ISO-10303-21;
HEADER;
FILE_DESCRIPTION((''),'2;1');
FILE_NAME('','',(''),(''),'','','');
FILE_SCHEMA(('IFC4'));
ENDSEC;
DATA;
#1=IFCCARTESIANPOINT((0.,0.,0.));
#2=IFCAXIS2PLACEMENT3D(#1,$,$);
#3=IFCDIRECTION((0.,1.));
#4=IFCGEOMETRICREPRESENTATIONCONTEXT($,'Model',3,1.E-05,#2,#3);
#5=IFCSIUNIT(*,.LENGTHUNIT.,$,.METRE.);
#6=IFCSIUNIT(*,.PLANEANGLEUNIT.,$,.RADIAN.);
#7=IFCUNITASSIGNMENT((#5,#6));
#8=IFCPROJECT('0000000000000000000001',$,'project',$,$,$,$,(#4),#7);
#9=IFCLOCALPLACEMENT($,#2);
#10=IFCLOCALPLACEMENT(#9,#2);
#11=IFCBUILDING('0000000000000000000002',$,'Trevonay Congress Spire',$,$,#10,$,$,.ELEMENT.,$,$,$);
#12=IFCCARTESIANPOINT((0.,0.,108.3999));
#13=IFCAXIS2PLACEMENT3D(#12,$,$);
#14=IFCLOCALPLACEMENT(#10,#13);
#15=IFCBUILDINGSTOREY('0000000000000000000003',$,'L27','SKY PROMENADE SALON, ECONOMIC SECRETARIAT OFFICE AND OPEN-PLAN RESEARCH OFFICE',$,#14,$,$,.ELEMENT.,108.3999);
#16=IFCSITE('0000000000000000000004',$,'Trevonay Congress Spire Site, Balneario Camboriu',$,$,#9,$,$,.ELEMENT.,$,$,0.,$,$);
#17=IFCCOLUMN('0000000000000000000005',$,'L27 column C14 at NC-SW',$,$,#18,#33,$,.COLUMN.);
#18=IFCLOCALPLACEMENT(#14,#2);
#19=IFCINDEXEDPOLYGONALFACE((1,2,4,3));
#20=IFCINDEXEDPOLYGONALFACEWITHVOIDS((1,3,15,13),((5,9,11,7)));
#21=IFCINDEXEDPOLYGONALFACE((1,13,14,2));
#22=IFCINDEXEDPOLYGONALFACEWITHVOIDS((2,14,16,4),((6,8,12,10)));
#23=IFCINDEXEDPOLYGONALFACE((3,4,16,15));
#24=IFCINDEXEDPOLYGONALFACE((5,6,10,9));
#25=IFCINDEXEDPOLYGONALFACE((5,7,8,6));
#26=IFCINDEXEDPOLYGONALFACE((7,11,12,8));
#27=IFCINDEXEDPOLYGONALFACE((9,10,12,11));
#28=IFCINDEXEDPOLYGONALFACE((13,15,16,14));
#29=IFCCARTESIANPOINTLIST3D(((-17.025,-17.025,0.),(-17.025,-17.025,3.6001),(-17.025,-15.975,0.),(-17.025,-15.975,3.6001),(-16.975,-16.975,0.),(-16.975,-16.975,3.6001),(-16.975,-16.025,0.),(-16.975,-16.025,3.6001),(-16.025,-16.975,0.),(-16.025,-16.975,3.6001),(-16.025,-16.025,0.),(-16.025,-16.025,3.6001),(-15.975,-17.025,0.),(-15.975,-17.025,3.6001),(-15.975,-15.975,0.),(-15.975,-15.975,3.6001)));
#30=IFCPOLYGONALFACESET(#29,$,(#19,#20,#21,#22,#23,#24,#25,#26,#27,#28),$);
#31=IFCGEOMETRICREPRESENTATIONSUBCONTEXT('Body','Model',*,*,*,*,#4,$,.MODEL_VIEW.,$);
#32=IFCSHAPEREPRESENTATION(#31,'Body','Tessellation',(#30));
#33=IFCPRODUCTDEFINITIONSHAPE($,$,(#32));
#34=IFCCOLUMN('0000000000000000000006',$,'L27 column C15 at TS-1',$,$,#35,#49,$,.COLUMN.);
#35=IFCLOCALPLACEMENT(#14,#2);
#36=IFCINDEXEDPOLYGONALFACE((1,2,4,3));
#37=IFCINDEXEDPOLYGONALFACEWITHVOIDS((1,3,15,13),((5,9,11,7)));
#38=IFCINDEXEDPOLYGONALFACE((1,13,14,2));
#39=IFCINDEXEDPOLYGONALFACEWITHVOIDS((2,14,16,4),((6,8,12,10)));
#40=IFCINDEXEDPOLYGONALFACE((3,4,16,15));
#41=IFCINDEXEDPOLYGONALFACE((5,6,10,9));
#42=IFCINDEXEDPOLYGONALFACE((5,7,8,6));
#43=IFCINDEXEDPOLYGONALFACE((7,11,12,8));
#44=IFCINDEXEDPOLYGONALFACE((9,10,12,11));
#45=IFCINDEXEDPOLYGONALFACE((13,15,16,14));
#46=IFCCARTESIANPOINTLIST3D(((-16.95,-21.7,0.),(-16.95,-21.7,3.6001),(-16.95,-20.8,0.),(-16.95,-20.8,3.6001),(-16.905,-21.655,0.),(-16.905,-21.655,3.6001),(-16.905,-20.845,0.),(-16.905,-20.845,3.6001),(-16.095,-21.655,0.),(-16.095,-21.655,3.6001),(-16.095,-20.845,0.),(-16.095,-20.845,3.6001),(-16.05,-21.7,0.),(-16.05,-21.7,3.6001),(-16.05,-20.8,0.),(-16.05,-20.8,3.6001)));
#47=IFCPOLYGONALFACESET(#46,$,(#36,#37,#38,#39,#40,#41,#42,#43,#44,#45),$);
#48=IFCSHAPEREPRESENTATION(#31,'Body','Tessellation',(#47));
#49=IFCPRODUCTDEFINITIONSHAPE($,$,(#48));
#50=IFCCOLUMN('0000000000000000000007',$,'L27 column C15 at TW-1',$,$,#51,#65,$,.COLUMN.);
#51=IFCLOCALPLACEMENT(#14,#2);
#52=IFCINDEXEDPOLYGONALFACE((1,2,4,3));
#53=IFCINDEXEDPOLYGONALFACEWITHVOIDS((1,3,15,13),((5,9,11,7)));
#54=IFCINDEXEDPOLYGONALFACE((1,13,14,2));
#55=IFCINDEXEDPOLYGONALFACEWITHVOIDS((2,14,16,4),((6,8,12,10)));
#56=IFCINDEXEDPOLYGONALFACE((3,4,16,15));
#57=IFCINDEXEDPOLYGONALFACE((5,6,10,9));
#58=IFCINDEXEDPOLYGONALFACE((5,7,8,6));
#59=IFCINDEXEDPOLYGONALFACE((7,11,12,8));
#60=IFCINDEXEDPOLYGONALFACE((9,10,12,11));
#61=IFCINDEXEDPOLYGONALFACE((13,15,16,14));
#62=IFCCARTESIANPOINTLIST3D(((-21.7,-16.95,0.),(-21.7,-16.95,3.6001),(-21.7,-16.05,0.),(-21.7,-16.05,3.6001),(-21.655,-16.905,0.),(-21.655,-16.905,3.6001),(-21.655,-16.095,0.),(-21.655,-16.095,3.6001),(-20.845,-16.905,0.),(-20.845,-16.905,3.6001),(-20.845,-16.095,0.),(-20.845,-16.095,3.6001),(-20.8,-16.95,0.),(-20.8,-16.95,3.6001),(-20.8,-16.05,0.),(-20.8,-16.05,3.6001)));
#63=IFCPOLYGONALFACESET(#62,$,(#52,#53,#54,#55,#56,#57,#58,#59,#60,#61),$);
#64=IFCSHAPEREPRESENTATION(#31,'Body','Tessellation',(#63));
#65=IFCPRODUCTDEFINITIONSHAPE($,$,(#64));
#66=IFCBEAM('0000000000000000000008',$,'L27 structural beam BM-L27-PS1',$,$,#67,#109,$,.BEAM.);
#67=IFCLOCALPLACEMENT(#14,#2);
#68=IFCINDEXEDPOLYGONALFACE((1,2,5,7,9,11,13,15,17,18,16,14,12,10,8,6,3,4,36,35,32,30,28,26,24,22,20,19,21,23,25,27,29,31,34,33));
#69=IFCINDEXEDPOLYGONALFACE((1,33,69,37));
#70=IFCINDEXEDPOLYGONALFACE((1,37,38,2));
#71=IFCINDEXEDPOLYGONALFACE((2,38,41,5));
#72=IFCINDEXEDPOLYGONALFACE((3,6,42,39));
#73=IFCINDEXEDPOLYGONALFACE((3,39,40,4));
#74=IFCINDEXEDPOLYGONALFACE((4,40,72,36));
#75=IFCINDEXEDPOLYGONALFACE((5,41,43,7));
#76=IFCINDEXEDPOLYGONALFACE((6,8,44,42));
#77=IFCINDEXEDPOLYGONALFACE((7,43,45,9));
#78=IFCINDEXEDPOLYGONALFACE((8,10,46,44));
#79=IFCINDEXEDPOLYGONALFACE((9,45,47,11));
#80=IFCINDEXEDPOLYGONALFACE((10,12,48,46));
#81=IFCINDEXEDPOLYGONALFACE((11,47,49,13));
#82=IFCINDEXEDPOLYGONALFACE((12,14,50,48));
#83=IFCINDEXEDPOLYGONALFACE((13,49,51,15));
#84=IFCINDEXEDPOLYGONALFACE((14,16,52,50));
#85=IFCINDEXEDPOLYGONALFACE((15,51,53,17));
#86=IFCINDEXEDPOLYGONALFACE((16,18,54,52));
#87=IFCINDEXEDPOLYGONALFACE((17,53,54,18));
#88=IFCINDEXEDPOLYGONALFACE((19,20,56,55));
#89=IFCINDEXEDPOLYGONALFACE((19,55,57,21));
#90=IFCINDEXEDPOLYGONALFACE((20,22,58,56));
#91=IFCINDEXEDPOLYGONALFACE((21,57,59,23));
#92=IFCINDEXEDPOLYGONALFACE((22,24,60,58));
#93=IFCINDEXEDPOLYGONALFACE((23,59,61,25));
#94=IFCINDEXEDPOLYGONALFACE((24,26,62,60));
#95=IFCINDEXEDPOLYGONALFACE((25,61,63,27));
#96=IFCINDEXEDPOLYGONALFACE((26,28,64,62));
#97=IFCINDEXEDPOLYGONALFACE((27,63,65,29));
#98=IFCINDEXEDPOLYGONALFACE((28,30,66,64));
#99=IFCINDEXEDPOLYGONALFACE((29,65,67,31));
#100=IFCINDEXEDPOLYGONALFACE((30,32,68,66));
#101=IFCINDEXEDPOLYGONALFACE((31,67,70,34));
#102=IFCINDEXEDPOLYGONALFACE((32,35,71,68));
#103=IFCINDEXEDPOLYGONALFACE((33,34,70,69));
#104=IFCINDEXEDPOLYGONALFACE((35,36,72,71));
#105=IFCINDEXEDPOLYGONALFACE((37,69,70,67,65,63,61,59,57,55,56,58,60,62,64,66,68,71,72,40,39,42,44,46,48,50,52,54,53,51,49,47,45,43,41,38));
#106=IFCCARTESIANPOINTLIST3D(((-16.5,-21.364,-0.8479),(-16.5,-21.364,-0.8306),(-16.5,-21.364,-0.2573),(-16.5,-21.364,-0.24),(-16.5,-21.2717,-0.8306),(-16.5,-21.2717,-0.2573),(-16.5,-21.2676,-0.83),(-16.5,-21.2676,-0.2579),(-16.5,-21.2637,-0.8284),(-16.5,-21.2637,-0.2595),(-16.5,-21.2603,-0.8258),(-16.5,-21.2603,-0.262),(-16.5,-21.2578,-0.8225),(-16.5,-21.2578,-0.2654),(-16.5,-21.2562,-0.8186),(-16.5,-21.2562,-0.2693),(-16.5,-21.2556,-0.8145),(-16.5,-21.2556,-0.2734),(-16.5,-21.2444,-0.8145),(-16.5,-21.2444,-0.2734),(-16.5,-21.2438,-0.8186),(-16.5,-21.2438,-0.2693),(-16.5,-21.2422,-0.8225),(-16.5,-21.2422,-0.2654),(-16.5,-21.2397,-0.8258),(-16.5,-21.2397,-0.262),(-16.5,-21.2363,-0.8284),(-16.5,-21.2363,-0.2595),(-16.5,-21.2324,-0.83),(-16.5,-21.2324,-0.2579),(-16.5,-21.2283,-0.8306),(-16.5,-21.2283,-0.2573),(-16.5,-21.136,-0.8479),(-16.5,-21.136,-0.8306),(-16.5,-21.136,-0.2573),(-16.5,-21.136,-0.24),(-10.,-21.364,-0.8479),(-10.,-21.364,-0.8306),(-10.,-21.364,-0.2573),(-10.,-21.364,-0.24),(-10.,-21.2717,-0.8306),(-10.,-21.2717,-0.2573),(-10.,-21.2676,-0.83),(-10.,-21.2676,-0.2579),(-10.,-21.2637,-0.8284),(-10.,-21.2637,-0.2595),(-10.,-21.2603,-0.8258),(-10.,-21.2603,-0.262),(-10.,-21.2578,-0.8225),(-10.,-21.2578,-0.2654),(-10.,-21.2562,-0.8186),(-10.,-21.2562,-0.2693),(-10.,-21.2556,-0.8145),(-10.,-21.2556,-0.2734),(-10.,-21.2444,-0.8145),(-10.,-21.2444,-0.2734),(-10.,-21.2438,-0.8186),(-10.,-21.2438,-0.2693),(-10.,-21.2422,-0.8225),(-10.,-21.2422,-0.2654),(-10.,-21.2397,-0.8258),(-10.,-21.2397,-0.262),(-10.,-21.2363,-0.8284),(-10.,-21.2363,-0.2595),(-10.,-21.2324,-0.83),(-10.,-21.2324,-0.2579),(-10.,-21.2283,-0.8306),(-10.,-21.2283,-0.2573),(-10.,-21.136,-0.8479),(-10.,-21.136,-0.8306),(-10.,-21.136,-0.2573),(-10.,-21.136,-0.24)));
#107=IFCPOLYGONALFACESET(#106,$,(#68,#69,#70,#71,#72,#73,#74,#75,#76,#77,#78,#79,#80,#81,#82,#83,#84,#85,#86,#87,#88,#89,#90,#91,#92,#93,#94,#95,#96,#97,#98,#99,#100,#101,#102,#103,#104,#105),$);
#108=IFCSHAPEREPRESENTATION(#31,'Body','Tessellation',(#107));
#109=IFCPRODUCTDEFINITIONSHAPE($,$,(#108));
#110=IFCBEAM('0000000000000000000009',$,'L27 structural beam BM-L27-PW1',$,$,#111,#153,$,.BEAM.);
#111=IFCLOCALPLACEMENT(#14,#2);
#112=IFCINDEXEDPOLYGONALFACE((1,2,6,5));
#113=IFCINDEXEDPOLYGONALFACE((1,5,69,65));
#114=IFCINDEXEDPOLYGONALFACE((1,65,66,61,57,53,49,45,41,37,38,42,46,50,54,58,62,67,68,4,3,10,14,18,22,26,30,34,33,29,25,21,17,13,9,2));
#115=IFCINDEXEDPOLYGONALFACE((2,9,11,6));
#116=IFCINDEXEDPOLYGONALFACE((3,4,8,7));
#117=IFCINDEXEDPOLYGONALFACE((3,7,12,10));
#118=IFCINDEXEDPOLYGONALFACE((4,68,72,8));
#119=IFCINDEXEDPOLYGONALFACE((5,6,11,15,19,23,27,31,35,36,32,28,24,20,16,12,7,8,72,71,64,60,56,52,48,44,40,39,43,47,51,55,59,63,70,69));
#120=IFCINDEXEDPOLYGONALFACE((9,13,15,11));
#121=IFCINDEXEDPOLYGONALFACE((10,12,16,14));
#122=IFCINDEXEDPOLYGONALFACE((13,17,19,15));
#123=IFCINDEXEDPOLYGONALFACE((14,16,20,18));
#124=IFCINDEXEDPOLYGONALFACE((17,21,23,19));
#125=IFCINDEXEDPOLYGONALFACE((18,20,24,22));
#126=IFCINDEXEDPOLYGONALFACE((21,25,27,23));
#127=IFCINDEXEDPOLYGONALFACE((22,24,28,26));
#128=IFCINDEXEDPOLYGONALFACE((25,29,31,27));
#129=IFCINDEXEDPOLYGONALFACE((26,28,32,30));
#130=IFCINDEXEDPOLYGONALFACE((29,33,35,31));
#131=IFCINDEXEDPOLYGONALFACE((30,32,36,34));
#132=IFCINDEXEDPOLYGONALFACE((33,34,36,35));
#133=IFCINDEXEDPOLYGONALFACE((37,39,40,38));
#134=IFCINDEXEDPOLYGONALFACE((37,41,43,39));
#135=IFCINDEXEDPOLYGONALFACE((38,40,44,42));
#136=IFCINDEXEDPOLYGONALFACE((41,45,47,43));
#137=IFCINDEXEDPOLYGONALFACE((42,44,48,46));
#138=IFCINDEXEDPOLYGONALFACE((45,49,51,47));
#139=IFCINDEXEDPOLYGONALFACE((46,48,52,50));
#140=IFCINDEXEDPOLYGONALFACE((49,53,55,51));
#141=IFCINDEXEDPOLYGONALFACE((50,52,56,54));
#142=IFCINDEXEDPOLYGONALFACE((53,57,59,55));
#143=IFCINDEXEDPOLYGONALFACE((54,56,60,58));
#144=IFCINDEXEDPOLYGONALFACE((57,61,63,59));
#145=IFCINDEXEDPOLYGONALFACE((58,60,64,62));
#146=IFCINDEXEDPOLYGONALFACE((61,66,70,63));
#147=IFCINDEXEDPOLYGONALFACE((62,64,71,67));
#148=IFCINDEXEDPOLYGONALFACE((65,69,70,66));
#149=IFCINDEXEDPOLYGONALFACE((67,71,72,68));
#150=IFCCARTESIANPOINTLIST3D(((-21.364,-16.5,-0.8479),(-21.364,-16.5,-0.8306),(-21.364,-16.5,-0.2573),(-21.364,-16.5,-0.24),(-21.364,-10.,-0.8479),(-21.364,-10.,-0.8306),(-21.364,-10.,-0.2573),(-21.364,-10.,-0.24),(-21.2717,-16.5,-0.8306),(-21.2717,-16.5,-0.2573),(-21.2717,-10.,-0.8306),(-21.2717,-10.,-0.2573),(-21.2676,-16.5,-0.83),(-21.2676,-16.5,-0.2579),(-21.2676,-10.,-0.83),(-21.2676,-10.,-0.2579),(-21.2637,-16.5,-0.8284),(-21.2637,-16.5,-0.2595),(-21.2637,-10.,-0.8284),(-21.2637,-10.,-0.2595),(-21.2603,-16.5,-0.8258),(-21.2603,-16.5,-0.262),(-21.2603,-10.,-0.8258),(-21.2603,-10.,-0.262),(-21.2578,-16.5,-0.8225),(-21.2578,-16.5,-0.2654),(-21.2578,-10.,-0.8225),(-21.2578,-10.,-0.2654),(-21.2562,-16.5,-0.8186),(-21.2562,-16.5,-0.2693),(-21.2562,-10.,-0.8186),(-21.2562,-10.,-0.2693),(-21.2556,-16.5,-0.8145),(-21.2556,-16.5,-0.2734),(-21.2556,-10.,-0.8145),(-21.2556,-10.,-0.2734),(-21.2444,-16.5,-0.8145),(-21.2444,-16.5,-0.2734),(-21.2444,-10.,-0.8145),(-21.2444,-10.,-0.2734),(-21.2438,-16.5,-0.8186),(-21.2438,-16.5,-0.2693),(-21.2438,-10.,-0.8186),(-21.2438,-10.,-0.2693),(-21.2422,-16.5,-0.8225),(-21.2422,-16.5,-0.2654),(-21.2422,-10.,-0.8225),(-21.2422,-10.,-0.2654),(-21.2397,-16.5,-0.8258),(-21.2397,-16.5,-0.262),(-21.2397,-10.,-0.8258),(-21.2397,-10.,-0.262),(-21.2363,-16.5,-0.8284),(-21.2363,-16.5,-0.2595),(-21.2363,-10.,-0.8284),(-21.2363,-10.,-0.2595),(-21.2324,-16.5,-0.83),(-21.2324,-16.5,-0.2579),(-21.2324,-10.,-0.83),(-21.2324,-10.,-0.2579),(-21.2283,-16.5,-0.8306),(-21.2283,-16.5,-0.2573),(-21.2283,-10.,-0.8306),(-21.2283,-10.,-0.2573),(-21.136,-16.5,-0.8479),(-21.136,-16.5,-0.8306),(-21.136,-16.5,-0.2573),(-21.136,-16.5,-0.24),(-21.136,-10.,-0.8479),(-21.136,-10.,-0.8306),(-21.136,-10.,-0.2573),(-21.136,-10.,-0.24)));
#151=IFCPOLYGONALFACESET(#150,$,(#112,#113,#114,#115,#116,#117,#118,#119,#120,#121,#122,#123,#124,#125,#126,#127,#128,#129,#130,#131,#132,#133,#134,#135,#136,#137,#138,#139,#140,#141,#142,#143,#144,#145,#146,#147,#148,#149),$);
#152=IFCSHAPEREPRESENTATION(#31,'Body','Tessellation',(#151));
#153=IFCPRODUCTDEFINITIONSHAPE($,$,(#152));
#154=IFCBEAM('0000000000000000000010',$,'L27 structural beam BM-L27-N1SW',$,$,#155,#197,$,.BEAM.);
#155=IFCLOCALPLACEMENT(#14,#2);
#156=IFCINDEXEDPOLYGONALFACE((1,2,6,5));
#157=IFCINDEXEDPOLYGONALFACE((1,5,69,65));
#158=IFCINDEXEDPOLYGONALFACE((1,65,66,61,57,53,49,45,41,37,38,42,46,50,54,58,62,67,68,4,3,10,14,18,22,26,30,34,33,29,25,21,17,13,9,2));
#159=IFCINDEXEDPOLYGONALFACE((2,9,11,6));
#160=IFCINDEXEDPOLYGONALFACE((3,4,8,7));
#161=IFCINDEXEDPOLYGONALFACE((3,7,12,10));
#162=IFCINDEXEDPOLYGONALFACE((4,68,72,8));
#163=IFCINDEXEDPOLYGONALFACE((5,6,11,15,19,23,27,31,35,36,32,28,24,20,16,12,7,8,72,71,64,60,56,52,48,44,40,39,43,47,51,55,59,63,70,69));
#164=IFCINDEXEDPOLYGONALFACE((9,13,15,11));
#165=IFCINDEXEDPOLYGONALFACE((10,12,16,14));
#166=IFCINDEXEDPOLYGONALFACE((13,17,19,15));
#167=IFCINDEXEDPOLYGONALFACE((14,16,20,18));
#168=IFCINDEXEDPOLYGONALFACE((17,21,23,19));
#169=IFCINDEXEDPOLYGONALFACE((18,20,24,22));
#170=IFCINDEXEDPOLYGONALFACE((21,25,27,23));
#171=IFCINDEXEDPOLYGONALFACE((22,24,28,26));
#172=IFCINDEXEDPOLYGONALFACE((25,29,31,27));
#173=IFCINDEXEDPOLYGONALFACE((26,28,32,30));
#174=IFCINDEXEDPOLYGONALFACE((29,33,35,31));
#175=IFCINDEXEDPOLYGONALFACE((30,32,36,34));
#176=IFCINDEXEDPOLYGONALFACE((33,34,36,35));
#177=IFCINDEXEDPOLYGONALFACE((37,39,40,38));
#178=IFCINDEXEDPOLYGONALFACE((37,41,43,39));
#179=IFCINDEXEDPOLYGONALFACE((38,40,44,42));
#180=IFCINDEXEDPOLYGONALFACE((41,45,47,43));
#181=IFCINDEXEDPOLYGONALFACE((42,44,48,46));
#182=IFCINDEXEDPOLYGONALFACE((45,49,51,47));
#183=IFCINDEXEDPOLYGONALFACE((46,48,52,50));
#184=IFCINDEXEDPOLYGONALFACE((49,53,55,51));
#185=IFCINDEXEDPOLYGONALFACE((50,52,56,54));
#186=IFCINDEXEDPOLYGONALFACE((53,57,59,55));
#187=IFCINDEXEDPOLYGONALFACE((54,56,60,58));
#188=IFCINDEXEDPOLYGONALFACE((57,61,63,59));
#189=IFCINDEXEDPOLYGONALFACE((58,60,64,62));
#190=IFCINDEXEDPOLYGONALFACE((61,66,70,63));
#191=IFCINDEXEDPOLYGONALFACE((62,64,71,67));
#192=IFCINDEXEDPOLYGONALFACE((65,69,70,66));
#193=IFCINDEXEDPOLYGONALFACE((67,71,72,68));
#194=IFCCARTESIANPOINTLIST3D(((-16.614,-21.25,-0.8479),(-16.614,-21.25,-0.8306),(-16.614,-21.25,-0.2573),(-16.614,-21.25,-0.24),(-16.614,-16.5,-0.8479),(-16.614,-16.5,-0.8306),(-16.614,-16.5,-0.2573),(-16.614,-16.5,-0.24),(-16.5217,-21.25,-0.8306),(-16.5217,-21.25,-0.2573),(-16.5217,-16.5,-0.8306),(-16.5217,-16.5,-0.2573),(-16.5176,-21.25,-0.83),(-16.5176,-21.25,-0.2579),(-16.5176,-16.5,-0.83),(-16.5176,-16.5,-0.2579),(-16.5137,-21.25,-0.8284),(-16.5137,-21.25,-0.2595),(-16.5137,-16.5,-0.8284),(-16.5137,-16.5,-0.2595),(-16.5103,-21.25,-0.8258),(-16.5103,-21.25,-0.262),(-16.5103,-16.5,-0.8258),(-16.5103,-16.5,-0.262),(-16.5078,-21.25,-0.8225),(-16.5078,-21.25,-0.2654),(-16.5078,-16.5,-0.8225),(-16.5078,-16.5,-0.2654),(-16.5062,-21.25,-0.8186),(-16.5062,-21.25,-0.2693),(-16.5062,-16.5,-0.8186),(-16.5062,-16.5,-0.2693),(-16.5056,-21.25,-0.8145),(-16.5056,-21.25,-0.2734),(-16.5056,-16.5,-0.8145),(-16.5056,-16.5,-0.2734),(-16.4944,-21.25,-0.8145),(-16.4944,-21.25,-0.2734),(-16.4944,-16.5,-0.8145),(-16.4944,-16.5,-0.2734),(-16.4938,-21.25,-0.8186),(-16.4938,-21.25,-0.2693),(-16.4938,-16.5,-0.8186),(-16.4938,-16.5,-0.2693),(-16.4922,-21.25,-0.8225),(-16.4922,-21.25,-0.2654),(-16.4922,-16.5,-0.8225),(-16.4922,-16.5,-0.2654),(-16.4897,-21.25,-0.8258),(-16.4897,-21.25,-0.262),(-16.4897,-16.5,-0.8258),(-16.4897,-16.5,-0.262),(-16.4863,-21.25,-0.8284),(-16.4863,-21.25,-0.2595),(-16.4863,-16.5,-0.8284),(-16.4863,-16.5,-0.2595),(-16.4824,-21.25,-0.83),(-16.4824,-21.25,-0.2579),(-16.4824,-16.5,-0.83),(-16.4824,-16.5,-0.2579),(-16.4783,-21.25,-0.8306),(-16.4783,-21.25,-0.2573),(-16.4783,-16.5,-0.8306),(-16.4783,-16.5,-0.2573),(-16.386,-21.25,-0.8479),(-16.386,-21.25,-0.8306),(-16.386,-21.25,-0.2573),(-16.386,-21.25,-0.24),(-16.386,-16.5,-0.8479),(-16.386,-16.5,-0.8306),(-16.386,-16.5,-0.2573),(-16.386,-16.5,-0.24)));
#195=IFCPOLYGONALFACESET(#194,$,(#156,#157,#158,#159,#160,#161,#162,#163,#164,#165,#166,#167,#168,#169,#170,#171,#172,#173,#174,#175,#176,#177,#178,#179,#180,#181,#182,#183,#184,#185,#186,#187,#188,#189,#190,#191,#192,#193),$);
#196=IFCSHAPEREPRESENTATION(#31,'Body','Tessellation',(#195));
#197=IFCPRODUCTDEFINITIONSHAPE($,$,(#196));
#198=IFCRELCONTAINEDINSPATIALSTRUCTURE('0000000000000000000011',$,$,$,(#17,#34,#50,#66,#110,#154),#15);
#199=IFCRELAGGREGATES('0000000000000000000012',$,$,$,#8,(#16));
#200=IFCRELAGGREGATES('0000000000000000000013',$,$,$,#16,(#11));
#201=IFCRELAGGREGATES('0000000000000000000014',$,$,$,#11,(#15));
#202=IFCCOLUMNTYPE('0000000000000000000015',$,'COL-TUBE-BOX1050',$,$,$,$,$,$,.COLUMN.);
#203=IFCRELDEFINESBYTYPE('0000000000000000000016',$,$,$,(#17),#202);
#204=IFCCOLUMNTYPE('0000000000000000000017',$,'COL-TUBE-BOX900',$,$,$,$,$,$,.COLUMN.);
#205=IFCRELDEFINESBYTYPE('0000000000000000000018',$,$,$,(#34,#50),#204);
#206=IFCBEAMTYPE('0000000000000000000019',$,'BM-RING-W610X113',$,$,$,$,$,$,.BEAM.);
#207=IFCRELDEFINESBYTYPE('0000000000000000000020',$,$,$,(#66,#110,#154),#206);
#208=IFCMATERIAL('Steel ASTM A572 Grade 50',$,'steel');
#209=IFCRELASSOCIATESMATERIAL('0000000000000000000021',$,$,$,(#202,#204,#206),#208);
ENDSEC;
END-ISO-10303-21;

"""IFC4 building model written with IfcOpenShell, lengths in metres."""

from ifc_helpers import new_model, si_unit, direction, frame, origin, origin_2d, place, context, subcontext, project, spatial, hollow_rectangle, i_section, extrude, material, material_profile, profile_set, type_object, element, save


model = new_model("IFC4")

# Units and contexts
model_context = context("Model", 3, precision=1e-05, world=origin(), true_north=direction((0.0, 1.0)))
body_context = subcontext(model_context, "Body", "Model", "MODEL_VIEW")
ifc_project = project(units=[si_unit("LENGTHUNIT", "METRE"), si_unit("PLANEANGLEUNIT", "RADIAN")], contexts=[model_context])

# Site, building, storey
site_placement = place(None, origin())
site = spatial("IfcSite", under=ifc_project, at=site_placement, Name="Trevonay Congress Spire Site, Balneario Camboriu", CompositionType="ELEMENT", RefElevation=0.0)
building_placement = place(site_placement, origin())
building = spatial("IfcBuilding", under=site, at=building_placement, Name="Trevonay Congress Spire", CompositionType="ELEMENT")
storey_placement = place(building_placement, frame((0.0, 0.0, 108.3999)))
storey = spatial("IfcBuildingStorey", under=building, at=storey_placement, Name="L27", Description="SKY PROMENADE SALON, ECONOMIC SECRETARIAT OFFICE AND OPEN-PLAN RESEARCH OFFICE", CompositionType="ELEMENT", Elevation=108.3999)

# Columns
ifc_material_1 = material(Name="Steel ASTM A572 Grade 50", Category="steel")
ifc_material_profile_1 = material_profile(ifc_material_1, hollow_rectangle(XDim=1.05, YDim=1.05, WallThickness=0.05, at=origin_2d()), Name="BOX 1050x1050x50")
ifc_profile_set_1 = profile_set([ifc_material_profile_1], Name="Steel ASTM A572 Grade 50")
column_type_1 = type_object("IfcColumnType", Name="COL-TUBE-BOX1050", PredefinedType="COLUMN", material=ifc_profile_set_1)
column_placement = place(storey_placement, frame((-16.5, -16.5, 0.0), z_axis=(0.0, 0.0, 1.0), x_axis=(1.0, 0.0, 0.0)))
element("IfcColumn", 1, at=column_placement, inside=storey, type_object=column_type_1, Name="L27 column C14 at NC-SW", PredefinedType="COLUMN", context=body_context, shape_type="SweptSolid", body=[
    extrude(hollow_rectangle(XDim=1.05, YDim=1.05, WallThickness=0.05, at=origin_2d()), origin(), (0.0, 0.0, 1.0), 3.6001),
])
ifc_material_profile_2 = material_profile(ifc_material_1, hollow_rectangle(XDim=0.8999, YDim=0.8999, WallThickness=0.0449, at=origin_2d()), Name="BOX 900x900x45")
ifc_profile_set_2 = profile_set([ifc_material_profile_2], Name="Steel ASTM A572 Grade 50")
column_type_2 = type_object("IfcColumnType", Name="COL-TUBE-BOX900", PredefinedType="COLUMN", material=ifc_profile_set_2)
for number, where, z_axis, x_axis, name in (
    (2, (-16.5, -21.25, 0.0), (0.0, 0.0, 1.0), (1.0, 0.0, 0.0), "L27 column C15 at TS-1"),
    (3, (-21.25, -16.5, 0.0), (0.0, 0.0, 1.0), (1.0, 0.0, 0.0), "L27 column C15 at TW-1"),
):
    element("IfcColumn", number, at=place(storey_placement, frame(where, z_axis=z_axis, x_axis=x_axis)), inside=storey, type_object=column_type_2, Name=name, PredefinedType="COLUMN", context=body_context, shape_type="SweptSolid", body=[
        extrude(hollow_rectangle(XDim=0.8999, YDim=0.8999, WallThickness=0.0449, at=origin_2d()), origin(), (0.0, 0.0, 1.0), 3.6001),
    ])

# Beams
ifc_material_profile_3 = material_profile(ifc_material_1, i_section(OverallWidth=0.228, OverallDepth=0.6079, WebThickness=0.0112, FlangeThickness=0.0173, FilletRadius=0.0161, at=origin_2d()), Name="W610x113")
ifc_profile_set_3 = profile_set([ifc_material_profile_3], Name="Steel ASTM A572 Grade 50")
beam_type_1 = type_object("IfcBeamType", Name="BM-RING-W610X113", PredefinedType="BEAM", material=ifc_profile_set_3)
for number, where, z_axis, x_axis, name in (
    (4, (-16.5, -21.25, -0.5439), (1.0, 0.0, 0.0), (0.0, 1.0, 0.0), "L27 structural beam BM-L27-PS1"),
    (5, (-21.25, -16.5, -0.5439), (0.0, 1.0, 0.0), (-1.0, 0.0, 0.0), "L27 structural beam BM-L27-PW1"),
):
    element("IfcBeam", number, at=place(storey_placement, frame(where, z_axis=z_axis, x_axis=x_axis)), inside=storey, type_object=beam_type_1, Name=name, PredefinedType="BEAM", context=body_context, shape_type="SweptSolid", body=[
        extrude(i_section(OverallWidth=0.228, OverallDepth=0.6079, WebThickness=0.0112, FlangeThickness=0.0173, FilletRadius=0.0161, at=origin_2d()), origin(), (0.0, 0.0, 1.0), 6.5),
    ])
for number, where, z_axis, x_axis, name in (
    (6, (-16.5, -21.25, -0.5439), (0.0, 1.0, 0.0), (-1.0, 0.0, 0.0), "L27 structural beam BM-L27-N1SW"),
):
    element("IfcBeam", number, at=place(storey_placement, frame(where, z_axis=z_axis, x_axis=x_axis)), inside=storey, type_object=beam_type_1, Name=name, PredefinedType="BEAM", context=body_context, shape_type="SweptSolid", body=[
        extrude(i_section(OverallWidth=0.228, OverallDepth=0.6079, WebThickness=0.0112, FlangeThickness=0.0173, FilletRadius=0.0161, at=origin_2d()), origin(), (0.0, 0.0, 1.0), 4.75),
    ])

save(model, "model.ifc")
